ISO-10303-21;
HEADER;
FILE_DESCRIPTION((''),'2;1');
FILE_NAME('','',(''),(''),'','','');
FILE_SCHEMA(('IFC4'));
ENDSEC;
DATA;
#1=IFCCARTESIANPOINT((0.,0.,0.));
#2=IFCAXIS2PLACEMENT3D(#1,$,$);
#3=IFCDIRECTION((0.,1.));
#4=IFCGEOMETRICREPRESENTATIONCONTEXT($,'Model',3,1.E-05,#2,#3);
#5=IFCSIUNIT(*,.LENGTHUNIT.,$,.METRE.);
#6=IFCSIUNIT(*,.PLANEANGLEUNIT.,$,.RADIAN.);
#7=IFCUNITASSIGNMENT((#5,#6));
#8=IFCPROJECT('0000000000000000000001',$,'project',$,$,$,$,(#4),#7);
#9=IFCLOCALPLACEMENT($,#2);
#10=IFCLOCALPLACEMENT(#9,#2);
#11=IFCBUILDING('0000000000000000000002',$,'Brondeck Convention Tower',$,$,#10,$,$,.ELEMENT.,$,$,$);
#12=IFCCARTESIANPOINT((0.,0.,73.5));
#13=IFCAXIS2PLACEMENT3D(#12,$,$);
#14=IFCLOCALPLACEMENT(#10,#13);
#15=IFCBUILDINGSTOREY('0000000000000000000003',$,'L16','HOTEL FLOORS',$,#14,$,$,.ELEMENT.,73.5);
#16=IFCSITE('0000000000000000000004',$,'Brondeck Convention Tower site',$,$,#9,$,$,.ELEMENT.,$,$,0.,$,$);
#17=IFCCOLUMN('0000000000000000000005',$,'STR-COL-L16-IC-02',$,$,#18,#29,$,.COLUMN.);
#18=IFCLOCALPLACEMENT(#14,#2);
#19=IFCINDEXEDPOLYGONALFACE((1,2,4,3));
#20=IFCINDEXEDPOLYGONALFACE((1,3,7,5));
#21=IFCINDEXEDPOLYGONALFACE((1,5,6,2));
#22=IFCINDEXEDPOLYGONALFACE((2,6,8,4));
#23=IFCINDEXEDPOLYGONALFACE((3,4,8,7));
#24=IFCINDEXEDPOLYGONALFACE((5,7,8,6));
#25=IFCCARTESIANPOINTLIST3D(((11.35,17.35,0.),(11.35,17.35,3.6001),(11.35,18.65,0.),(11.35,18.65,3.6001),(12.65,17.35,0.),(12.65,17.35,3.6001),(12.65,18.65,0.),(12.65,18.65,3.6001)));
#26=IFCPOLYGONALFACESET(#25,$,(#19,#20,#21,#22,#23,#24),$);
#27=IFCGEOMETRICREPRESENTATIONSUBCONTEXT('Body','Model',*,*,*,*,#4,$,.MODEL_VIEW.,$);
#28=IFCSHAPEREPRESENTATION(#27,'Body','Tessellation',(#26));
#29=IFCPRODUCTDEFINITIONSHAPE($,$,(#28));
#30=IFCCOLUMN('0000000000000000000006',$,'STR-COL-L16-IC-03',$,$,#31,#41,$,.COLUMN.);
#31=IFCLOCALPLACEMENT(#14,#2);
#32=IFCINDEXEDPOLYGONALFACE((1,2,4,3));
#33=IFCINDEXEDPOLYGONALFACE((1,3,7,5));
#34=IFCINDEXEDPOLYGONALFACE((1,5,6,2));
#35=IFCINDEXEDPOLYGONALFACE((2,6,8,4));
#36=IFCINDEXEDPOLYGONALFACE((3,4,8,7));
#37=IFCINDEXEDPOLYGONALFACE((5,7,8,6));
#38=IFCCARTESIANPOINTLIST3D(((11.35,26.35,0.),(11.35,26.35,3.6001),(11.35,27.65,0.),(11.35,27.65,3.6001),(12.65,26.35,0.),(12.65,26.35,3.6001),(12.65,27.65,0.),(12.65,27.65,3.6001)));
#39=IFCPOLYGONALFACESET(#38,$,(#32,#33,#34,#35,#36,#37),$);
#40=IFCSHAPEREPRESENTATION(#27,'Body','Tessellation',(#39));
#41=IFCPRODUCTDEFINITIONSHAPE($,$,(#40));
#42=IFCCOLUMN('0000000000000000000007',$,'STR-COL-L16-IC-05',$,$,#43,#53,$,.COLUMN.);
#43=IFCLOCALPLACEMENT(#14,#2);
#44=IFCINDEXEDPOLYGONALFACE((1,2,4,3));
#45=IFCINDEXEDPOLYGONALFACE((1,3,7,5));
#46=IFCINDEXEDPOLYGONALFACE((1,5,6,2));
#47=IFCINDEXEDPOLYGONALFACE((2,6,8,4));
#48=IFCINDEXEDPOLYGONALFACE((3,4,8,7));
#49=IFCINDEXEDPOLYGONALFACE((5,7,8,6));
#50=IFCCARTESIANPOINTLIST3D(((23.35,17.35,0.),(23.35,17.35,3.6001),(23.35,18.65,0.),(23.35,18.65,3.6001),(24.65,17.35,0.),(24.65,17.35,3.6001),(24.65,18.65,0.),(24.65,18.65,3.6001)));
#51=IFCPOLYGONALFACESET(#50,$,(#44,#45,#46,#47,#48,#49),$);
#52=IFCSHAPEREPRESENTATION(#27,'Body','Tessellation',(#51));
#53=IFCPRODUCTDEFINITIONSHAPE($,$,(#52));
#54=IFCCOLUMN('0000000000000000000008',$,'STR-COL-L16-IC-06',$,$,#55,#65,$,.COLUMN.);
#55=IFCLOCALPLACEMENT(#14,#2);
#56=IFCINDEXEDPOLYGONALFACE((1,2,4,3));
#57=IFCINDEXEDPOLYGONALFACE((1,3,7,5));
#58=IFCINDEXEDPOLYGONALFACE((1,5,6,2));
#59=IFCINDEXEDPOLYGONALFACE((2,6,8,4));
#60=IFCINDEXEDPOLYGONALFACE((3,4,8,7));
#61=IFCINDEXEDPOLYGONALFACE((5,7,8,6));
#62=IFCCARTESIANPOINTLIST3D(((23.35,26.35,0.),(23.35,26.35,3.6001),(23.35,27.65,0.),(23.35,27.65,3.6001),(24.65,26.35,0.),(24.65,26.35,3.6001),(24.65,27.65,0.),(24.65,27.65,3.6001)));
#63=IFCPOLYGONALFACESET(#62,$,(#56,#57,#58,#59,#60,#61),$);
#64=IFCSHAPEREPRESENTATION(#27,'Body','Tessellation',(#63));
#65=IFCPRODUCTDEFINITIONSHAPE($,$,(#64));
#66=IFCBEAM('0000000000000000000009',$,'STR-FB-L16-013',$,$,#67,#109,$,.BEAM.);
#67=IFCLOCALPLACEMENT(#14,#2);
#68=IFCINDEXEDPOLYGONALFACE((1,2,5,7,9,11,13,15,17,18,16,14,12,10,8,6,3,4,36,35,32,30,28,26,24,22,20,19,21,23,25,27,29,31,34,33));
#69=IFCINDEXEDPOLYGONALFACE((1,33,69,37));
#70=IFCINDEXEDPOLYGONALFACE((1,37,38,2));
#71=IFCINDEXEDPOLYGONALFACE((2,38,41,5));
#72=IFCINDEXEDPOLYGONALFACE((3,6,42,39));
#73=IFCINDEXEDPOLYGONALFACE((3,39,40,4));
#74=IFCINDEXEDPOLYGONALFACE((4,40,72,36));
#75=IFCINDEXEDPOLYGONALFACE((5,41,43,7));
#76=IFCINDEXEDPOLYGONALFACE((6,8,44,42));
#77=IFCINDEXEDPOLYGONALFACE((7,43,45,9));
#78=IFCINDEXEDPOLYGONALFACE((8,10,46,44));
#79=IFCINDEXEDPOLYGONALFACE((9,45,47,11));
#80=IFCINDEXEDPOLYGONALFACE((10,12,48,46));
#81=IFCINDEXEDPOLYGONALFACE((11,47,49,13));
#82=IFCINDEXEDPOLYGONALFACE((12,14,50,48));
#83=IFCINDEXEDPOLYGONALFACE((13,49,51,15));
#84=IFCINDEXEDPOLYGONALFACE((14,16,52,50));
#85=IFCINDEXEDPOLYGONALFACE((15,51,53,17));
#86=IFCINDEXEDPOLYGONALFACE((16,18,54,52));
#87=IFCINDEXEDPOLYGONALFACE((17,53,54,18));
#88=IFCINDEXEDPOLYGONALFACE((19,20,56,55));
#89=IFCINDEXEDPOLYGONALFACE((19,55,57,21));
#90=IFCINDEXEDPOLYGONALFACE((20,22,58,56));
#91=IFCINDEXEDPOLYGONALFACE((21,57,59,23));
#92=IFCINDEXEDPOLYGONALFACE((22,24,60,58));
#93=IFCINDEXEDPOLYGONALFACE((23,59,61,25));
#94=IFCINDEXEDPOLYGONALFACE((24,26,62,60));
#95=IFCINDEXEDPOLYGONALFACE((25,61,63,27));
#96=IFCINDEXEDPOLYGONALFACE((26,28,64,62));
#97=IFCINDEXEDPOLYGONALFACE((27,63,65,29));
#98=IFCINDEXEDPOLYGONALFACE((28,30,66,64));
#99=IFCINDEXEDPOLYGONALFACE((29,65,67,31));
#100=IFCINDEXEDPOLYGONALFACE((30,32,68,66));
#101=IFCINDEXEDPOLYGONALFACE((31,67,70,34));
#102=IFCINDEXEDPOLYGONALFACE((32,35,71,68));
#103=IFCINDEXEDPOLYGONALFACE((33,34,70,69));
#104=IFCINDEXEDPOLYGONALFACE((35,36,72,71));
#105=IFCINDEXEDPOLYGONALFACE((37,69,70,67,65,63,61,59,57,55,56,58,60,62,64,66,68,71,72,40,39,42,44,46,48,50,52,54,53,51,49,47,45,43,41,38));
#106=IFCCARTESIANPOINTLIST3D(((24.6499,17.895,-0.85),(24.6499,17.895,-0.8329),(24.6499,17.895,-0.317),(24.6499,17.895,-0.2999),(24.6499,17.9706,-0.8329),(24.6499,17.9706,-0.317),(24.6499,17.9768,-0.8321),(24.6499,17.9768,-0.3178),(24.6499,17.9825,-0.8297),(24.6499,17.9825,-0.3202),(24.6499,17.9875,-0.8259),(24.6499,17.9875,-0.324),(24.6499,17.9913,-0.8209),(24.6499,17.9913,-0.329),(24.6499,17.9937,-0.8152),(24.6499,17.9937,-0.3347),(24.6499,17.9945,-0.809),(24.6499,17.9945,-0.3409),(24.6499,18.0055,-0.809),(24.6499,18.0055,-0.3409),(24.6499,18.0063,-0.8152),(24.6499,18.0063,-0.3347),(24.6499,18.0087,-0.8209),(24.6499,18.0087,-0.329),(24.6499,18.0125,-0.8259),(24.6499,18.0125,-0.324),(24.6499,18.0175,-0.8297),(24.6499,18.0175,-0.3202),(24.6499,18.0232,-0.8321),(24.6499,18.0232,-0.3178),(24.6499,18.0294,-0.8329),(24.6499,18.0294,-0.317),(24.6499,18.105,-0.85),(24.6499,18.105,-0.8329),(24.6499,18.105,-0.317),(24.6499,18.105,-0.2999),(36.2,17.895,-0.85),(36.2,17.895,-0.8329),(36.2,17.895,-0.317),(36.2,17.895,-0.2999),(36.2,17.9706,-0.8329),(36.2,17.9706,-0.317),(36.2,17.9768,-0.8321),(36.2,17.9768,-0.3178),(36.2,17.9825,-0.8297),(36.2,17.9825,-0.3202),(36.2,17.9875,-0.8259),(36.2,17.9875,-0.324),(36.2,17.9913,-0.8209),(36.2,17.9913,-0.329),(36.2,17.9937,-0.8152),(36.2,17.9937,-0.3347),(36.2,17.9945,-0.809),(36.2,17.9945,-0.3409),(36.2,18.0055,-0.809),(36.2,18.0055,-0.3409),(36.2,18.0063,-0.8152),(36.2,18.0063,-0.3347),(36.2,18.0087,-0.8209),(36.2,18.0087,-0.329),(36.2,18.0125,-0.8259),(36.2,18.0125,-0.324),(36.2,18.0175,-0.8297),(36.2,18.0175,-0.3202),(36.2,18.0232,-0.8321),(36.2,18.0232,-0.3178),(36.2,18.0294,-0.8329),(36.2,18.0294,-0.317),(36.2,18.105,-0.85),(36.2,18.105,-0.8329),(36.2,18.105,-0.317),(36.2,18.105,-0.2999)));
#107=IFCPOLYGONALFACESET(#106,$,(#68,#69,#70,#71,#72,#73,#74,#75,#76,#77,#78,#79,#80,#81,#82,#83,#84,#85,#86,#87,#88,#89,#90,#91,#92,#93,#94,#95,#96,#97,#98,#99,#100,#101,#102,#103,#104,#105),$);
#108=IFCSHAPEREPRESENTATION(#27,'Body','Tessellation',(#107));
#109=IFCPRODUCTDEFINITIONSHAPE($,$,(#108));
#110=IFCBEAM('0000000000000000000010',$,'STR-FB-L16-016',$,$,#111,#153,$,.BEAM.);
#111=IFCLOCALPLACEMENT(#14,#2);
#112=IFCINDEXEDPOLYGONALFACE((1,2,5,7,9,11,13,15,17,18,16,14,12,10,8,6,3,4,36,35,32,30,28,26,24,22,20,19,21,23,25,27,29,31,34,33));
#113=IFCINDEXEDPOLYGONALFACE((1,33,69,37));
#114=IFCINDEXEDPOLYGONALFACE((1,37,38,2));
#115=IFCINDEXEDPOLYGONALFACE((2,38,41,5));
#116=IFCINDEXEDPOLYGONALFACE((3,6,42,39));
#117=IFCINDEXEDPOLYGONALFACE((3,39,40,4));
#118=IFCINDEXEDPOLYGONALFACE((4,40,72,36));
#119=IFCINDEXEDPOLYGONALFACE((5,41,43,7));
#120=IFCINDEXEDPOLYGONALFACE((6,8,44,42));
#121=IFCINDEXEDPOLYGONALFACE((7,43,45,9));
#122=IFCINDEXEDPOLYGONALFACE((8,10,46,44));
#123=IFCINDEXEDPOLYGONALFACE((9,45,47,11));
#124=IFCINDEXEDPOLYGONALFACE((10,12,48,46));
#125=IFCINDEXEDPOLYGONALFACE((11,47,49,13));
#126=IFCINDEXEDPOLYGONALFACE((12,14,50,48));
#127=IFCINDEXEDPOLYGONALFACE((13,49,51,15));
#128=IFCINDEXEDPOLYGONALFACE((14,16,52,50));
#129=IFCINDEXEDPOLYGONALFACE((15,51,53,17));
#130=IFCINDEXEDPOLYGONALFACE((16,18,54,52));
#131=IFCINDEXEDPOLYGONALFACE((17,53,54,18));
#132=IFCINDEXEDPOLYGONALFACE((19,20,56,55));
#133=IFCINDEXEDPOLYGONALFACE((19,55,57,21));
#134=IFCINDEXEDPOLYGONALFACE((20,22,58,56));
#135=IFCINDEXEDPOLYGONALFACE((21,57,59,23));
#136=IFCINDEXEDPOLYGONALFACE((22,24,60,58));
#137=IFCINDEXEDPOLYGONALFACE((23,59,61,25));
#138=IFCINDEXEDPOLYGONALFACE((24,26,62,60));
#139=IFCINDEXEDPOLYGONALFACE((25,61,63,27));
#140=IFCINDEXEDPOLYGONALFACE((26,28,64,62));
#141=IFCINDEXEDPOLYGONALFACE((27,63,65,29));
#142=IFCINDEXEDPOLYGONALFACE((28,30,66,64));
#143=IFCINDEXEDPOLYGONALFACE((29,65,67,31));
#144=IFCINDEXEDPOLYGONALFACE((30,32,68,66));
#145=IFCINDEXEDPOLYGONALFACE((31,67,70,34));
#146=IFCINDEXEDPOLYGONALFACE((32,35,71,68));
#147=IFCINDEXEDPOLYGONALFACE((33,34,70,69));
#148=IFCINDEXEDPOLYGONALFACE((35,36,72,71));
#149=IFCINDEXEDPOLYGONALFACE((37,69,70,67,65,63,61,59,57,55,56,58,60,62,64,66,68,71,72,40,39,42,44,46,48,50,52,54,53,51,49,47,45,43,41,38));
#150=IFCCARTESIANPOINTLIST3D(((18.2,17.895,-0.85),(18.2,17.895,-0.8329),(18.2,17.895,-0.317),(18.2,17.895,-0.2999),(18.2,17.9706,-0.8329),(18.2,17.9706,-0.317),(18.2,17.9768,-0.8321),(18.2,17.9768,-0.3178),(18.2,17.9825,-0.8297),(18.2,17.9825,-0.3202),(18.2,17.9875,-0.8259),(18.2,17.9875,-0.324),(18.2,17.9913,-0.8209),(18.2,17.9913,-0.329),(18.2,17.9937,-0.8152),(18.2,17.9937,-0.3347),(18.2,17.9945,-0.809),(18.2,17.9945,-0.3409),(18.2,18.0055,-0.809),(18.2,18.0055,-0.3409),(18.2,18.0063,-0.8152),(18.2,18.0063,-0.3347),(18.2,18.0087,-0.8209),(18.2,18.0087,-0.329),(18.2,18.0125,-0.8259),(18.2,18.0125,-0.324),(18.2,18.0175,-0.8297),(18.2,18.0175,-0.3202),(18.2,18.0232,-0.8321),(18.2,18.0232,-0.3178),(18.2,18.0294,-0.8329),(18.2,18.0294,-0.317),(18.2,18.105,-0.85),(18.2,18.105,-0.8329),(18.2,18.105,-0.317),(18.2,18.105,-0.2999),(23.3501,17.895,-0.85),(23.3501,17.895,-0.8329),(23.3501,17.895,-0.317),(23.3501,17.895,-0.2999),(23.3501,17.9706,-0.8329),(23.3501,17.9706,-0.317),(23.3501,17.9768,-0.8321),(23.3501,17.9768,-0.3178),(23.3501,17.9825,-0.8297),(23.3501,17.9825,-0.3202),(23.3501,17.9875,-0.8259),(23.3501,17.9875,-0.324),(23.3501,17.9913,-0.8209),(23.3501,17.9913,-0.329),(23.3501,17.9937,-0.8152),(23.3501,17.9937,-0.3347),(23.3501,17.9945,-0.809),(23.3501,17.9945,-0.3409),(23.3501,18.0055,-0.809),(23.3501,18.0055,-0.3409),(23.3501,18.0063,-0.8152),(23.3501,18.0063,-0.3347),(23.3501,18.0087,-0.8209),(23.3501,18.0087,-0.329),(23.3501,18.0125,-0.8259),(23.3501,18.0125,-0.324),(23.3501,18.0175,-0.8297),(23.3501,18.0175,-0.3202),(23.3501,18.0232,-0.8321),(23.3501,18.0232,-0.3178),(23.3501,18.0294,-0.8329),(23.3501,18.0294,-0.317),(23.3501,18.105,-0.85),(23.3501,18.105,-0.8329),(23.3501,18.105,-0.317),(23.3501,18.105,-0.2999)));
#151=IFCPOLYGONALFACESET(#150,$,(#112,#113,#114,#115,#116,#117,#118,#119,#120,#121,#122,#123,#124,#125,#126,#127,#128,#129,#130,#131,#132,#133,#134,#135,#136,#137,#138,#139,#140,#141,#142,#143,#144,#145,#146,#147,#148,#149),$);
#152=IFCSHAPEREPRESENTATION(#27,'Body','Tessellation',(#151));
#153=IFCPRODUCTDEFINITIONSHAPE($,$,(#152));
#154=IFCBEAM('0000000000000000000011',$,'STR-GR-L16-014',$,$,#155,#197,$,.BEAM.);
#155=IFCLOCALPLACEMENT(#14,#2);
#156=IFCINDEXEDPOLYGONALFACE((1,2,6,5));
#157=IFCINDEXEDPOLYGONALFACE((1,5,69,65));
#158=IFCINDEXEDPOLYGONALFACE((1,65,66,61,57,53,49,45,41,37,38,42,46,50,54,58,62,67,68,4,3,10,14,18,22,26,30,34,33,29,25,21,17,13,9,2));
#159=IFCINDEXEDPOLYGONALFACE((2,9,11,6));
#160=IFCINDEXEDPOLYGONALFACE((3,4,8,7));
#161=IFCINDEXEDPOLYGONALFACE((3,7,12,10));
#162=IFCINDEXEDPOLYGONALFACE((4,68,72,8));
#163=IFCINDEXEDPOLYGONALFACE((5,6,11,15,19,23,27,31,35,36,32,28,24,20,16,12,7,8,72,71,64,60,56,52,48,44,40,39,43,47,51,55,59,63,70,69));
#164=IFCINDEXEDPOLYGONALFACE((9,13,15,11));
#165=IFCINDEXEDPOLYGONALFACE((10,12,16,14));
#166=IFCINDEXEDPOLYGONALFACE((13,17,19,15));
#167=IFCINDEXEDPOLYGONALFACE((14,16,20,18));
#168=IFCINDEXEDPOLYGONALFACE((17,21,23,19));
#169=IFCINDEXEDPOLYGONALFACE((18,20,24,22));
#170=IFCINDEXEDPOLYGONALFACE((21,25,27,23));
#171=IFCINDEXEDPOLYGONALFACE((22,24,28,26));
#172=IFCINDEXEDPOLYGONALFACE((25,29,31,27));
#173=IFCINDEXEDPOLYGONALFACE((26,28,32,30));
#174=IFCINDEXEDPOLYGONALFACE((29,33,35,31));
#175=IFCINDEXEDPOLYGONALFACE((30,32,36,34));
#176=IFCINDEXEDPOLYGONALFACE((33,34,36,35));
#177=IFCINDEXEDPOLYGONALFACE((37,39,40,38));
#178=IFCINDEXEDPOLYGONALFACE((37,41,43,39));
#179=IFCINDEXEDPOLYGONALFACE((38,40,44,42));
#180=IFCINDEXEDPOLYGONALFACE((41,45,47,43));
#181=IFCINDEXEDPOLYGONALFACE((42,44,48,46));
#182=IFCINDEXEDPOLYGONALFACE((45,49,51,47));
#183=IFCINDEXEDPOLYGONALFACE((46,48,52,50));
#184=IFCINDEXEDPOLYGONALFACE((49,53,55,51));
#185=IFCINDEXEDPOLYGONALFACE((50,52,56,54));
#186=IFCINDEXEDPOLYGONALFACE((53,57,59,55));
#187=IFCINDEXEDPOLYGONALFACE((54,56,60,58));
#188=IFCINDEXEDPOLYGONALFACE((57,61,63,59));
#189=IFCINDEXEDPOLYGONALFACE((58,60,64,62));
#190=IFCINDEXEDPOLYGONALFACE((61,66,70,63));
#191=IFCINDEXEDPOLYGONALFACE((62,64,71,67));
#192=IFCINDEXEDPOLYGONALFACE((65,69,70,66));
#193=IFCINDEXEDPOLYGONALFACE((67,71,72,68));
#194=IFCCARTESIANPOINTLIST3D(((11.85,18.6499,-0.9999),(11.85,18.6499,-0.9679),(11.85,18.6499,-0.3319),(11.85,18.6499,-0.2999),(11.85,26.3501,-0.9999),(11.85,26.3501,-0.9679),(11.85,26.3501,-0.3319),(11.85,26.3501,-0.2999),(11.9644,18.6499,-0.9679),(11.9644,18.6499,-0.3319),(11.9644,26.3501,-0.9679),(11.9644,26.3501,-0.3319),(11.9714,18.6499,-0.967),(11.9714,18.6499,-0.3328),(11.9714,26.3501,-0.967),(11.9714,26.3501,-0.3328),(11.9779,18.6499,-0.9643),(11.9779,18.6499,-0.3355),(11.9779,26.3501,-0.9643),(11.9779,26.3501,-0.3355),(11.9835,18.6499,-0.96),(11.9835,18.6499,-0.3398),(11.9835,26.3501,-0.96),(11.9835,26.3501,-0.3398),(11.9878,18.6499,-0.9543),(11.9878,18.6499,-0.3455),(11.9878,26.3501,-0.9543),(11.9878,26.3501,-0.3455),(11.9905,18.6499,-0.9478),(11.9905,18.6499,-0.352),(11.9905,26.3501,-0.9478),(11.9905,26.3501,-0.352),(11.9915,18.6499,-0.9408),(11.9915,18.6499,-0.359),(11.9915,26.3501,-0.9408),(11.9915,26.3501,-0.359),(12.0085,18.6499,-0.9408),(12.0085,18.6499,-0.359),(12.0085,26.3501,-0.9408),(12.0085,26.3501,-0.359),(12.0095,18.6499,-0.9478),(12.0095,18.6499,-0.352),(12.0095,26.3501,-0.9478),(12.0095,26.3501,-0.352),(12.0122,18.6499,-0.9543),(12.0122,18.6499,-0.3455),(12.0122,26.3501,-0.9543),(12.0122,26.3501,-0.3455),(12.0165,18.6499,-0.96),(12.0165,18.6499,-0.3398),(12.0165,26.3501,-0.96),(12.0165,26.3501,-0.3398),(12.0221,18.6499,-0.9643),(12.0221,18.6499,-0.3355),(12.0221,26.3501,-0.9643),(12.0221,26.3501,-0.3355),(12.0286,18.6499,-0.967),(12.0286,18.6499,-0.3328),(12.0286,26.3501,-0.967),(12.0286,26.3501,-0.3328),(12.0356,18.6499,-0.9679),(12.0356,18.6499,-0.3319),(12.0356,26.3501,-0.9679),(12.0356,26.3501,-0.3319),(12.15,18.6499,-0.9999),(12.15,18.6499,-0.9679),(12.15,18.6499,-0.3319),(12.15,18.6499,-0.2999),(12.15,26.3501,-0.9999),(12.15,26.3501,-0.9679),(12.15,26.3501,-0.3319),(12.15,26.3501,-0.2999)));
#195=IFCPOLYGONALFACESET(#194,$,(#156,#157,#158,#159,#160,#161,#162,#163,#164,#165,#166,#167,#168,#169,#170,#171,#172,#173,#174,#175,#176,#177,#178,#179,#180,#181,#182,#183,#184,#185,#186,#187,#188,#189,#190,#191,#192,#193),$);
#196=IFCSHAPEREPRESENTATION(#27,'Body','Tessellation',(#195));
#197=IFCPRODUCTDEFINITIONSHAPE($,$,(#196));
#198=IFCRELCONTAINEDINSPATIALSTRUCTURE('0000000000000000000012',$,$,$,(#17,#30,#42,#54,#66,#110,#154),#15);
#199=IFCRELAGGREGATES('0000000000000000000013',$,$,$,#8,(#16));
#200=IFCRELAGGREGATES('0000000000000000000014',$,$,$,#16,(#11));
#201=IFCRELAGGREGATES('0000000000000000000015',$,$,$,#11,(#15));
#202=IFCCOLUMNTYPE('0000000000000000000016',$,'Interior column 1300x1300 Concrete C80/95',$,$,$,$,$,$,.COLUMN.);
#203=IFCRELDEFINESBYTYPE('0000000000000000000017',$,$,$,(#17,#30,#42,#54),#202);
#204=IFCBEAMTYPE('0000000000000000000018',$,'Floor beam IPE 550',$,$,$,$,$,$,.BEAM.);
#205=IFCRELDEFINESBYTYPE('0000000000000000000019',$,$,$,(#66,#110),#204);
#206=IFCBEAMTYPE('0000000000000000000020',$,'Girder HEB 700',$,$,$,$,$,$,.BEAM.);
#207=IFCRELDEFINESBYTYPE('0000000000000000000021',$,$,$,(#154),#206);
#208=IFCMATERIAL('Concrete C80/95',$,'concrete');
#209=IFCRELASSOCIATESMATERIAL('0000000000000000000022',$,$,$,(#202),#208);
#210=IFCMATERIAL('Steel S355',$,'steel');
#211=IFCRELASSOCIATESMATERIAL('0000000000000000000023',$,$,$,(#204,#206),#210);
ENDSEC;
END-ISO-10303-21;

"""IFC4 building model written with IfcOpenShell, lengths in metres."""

from ifc_helpers import new_model, si_unit, direction, frame, origin, origin_2d, place, context, subcontext, project, spatial, rectangle, i_section, extrude, material, material_profile, profile_set, type_object, element, save


model = new_model("IFC4")

# Units and contexts
model_context = context("Model", 3, precision=1e-05, world=origin(), true_north=direction((0.0, 1.0)))
body_context = subcontext(model_context, "Body", "Model", "MODEL_VIEW")
ifc_project = project(units=[si_unit("LENGTHUNIT", "METRE"), si_unit("PLANEANGLEUNIT", "RADIAN")], contexts=[model_context])

# Site, building, storey
site_placement = place(None, origin())
site = spatial("IfcSite", under=ifc_project, at=site_placement, Name="Brondeck Convention Tower site", CompositionType="ELEMENT", RefElevation=0.0)
building_placement = place(site_placement, origin())
building = spatial("IfcBuilding", under=site, at=building_placement, Name="Brondeck Convention Tower", CompositionType="ELEMENT")
storey_placement = place(building_placement, frame((0.0, 0.0, 73.5)))
storey = spatial("IfcBuildingStorey", under=building, at=storey_placement, Name="L16", Description="HOTEL FLOORS", CompositionType="ELEMENT", Elevation=73.5)

# Columns
ifc_material_1 = material(Name="Concrete C80/95", Category="concrete")
ifc_material_profile_1 = material_profile(ifc_material_1, rectangle(XDim=1.3, YDim=1.3, at=origin_2d()), Name="Interior column 1300x1300 Concrete C80/95")
ifc_profile_set_1 = profile_set([ifc_material_profile_1], Name="Concrete C80/95")
column_type = type_object("IfcColumnType", Name="Interior column 1300x1300 Concrete C80/95", PredefinedType="COLUMN", material=ifc_profile_set_1)
for number, where, z_axis, x_axis, name in (
    (1, (12.0, 18.0, 0.0), (0.0, 0.0, 1.0), (1.0, 0.0, 0.0), "STR-COL-L16-IC-02"),
    (2, (12.0, 27.0, 0.0), (0.0, 0.0, 1.0), (1.0, 0.0, 0.0), "STR-COL-L16-IC-03"),
    (3, (24.0, 18.0, 0.0), (0.0, 0.0, 1.0), (1.0, 0.0, 0.0), "STR-COL-L16-IC-05"),
    (4, (24.0, 27.0, 0.0), (0.0, 0.0, 1.0), (1.0, 0.0, 0.0), "STR-COL-L16-IC-06"),
):
    element("IfcColumn", number, at=place(storey_placement, frame(where, z_axis=z_axis, x_axis=x_axis)), inside=storey, type_object=column_type, Name=name, PredefinedType="COLUMN", context=body_context, shape_type="SweptSolid", body=[
        extrude(rectangle(XDim=1.3, YDim=1.3, at=origin_2d()), origin(), (0.0, 0.0, 1.0), 3.6001),
    ])

# Beams
ifc_material_2 = material(Name="Steel S355", Category="steel")
ifc_material_profile_2 = material_profile(ifc_material_2, i_section(OverallWidth=0.21, OverallDepth=0.55, WebThickness=0.011, FlangeThickness=0.0171, FilletRadius=0.0239, at=origin_2d()), Name="IPE 550")
ifc_profile_set_2 = profile_set([ifc_material_profile_2], Name="Steel S355")
beam_type_1 = type_object("IfcBeamType", Name="Floor beam IPE 550", PredefinedType="BEAM", material=ifc_profile_set_2)
beam_1_placement = place(storey_placement, frame((24.6499, 18.0, -0.575), z_axis=(1.0, 0.0, 0.0), x_axis=(0.0, 1.0, 0.0)))
element("IfcBeam", 5, at=beam_1_placement, inside=storey, type_object=beam_type_1, Name="STR-FB-L16-013", PredefinedType="BEAM", context=body_context, shape_type="SweptSolid", body=[
    extrude(i_section(OverallWidth=0.21, OverallDepth=0.55, WebThickness=0.011, FlangeThickness=0.0171, FilletRadius=0.0239, at=origin_2d()), origin(), (0.0, 0.0, 1.0), 11.55),
])
beam_2_placement = place(storey_placement, frame((18.2, 18.0, -0.575), z_axis=(1.0, 0.0, 0.0), x_axis=(0.0, 1.0, 0.0)))
element("IfcBeam", 6, at=beam_2_placement, inside=storey, type_object=beam_type_1, Name="STR-FB-L16-016", PredefinedType="BEAM", context=body_context, shape_type="SweptSolid", body=[
    extrude(i_section(OverallWidth=0.21, OverallDepth=0.55, WebThickness=0.011, FlangeThickness=0.0171, FilletRadius=0.0239, at=origin_2d()), origin(), (0.0, 0.0, 1.0), 5.1501),
])
ifc_material_profile_3 = material_profile(ifc_material_2, i_section(OverallWidth=0.3, OverallDepth=0.7, WebThickness=0.0171, FlangeThickness=0.032, FilletRadius=0.0271, at=origin_2d()), Name="HEB 700")
ifc_profile_set_3 = profile_set([ifc_material_profile_3], Name="Steel S355")
beam_type_2 = type_object("IfcBeamType", Name="Girder HEB 700", PredefinedType="BEAM", material=ifc_profile_set_3)
for number, where, z_axis, x_axis, name in (
    (7, (12.0, 26.3501, -0.6499), (0.0, -1.0, 0.0), (1.0, 0.0, 0.0), "STR-GR-L16-014"),
):
    element("IfcBeam", number, at=place(storey_placement, frame(where, z_axis=z_axis, x_axis=x_axis)), inside=storey, type_object=beam_type_2, Name=name, PredefinedType="BEAM", context=body_context, shape_type="SweptSolid", body=[
        extrude(i_section(OverallWidth=0.3, OverallDepth=0.7, WebThickness=0.0171, FlangeThickness=0.032, FilletRadius=0.0271, at=origin_2d()), origin(), (0.0, 0.0, 1.0), 7.7002),
    ])

save(model, "model.ifc")
